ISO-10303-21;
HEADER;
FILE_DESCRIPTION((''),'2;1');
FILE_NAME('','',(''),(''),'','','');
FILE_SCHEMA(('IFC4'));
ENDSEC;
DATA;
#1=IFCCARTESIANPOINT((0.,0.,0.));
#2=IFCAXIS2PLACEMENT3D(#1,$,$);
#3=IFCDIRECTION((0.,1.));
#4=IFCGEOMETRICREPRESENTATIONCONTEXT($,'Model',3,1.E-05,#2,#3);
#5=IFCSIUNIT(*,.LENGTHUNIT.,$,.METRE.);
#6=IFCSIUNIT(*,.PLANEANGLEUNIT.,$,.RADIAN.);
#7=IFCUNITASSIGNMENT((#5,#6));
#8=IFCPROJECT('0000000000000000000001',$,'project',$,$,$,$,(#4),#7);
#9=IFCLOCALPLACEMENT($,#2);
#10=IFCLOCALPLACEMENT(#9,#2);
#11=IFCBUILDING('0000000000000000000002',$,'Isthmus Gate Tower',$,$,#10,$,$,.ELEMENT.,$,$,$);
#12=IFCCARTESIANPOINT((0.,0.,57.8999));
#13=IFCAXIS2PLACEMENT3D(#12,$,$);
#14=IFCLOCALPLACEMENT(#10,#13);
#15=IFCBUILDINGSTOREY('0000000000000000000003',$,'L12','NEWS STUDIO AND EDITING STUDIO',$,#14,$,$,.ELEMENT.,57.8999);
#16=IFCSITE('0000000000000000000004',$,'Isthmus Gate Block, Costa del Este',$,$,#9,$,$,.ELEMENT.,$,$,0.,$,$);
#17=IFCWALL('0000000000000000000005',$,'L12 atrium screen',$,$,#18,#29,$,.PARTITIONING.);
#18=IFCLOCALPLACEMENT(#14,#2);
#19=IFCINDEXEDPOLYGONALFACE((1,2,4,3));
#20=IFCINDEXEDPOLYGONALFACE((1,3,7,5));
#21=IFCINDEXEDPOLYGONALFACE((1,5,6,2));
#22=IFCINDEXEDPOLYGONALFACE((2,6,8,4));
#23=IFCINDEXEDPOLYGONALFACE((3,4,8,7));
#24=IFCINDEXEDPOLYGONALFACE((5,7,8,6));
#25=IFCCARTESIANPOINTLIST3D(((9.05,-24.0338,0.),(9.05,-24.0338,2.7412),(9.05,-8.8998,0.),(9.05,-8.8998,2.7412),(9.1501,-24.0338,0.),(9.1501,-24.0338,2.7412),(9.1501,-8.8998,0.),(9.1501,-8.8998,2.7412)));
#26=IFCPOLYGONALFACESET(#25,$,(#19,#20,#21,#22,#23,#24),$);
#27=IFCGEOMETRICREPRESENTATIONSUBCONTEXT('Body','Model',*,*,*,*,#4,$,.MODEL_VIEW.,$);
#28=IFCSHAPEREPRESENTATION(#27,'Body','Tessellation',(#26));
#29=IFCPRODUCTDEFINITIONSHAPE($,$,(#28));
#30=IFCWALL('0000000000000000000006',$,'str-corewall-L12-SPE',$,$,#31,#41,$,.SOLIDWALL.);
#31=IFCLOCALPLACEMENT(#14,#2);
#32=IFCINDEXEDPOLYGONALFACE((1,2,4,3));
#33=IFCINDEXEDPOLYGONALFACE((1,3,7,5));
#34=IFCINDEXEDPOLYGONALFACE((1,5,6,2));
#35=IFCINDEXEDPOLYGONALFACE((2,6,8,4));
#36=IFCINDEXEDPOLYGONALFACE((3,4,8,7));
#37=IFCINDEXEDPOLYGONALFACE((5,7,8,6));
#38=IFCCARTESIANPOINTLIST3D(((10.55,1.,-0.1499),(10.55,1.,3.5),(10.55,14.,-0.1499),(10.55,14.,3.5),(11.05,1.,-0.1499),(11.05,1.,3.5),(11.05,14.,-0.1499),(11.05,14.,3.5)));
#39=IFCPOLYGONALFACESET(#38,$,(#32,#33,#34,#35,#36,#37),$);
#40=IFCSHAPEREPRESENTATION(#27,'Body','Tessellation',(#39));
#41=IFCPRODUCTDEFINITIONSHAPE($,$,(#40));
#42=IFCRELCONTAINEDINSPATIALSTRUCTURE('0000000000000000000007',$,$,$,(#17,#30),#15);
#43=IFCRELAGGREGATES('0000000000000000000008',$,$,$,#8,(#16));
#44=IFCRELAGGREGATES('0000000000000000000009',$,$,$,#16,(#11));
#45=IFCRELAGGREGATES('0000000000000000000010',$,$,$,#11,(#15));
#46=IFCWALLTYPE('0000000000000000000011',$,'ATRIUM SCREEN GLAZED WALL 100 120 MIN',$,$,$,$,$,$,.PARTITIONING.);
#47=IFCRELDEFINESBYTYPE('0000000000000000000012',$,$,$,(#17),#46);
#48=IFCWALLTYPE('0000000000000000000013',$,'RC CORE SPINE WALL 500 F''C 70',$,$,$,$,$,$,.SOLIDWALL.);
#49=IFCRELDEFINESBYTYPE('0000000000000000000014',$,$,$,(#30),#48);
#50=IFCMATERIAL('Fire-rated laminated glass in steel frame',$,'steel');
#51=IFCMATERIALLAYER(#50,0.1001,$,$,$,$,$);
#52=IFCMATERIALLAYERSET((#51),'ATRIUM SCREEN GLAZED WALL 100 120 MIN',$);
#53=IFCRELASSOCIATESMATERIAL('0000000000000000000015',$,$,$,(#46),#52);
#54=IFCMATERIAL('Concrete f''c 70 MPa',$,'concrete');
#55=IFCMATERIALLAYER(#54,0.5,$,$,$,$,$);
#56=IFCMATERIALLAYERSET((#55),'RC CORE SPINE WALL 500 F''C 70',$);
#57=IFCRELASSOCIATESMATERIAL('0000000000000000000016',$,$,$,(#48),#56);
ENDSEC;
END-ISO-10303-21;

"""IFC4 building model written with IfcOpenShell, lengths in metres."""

from ifc_helpers import new_model, si_unit, direction, frame, frame_2d, origin, place, context, subcontext, project, spatial, rectangle, extrude, material, layer, layer_set, type_object, element, save


model = new_model("IFC4")

# Units and contexts
model_context = context("Model", 3, precision=1e-05, world=origin(), true_north=direction((0.0, 1.0)))
body_context = subcontext(model_context, "Body", "Model", "MODEL_VIEW")
ifc_project = project(units=[si_unit("LENGTHUNIT", "METRE"), si_unit("PLANEANGLEUNIT", "RADIAN")], contexts=[model_context])

# Site, building, storey
site_placement = place(None, origin())
site = spatial("IfcSite", under=ifc_project, at=site_placement, Name="Isthmus Gate Block, Costa del Este", CompositionType="ELEMENT", RefElevation=0.0)
building_placement = place(site_placement, origin())
building = spatial("IfcBuilding", under=site, at=building_placement, Name="Isthmus Gate Tower", CompositionType="ELEMENT")
storey_placement = place(building_placement, frame((0.0, 0.0, 57.8999)))
storey = spatial("IfcBuildingStorey", under=building, at=storey_placement, Name="L12", Description="NEWS STUDIO AND EDITING STUDIO", CompositionType="ELEMENT", Elevation=57.8999)

# Walls
ifc_material_1 = material(Name="Fire-rated laminated glass in steel frame", Category="steel")
ifc_layer_1 = layer(ifc_material_1, 0.1001)
ifc_layer_set_1 = layer_set([ifc_layer_1], Name="ATRIUM SCREEN GLAZED WALL 100 120 MIN")
wall_type_1 = type_object("IfcWallType", Name="ATRIUM SCREEN GLAZED WALL 100 120 MIN", PredefinedType="PARTITIONING", material=ifc_layer_set_1)
wall_1_placement = place(storey_placement, frame((9.1001, -8.8999, 0.0), z_axis=(0.0, 0.0, 1.0), x_axis=(0.0, -1.0, 0.0)))
element("IfcWall", 1, at=wall_1_placement, inside=storey, type_object=wall_type_1, Name="L12 atrium screen", PredefinedType="PARTITIONING", context=body_context, shape_type="SweptSolid", body=[
    extrude(rectangle(XDim=15.134, YDim=0.1001, at=frame_2d((7.5669, 0.0))), origin(), (0.0, 0.0, 1.0), 2.7412),
])
ifc_material_2 = material(Name="Concrete f'c 70 MPa", Category="concrete")
ifc_layer_2 = layer(ifc_material_2, 0.5)
ifc_layer_set_2 = layer_set([ifc_layer_2], Name="RC CORE SPINE WALL 500 F'C 70")
wall_type_2 = type_object("IfcWallType", Name="RC CORE SPINE WALL 500 F'C 70", PredefinedType="SOLIDWALL", material=ifc_layer_set_2)
wall_2_placement = place(storey_placement, frame((10.8, 1.0, -0.1499), z_axis=(0.0, 0.0, 1.0), x_axis=(0.0, 1.0, 0.0)))
element("IfcWall", 2, at=wall_2_placement, inside=storey, type_object=wall_type_2, Name="str-corewall-L12-SPE", PredefinedType="SOLIDWALL", context=body_context, shape_type="SweptSolid", body=[
    extrude(rectangle(XDim=13.0, YDim=0.5, at=frame_2d((6.5, 0.0))), origin(), (0.0, 0.0, 1.0), 3.6499),
])

save(model, "model.ifc")
